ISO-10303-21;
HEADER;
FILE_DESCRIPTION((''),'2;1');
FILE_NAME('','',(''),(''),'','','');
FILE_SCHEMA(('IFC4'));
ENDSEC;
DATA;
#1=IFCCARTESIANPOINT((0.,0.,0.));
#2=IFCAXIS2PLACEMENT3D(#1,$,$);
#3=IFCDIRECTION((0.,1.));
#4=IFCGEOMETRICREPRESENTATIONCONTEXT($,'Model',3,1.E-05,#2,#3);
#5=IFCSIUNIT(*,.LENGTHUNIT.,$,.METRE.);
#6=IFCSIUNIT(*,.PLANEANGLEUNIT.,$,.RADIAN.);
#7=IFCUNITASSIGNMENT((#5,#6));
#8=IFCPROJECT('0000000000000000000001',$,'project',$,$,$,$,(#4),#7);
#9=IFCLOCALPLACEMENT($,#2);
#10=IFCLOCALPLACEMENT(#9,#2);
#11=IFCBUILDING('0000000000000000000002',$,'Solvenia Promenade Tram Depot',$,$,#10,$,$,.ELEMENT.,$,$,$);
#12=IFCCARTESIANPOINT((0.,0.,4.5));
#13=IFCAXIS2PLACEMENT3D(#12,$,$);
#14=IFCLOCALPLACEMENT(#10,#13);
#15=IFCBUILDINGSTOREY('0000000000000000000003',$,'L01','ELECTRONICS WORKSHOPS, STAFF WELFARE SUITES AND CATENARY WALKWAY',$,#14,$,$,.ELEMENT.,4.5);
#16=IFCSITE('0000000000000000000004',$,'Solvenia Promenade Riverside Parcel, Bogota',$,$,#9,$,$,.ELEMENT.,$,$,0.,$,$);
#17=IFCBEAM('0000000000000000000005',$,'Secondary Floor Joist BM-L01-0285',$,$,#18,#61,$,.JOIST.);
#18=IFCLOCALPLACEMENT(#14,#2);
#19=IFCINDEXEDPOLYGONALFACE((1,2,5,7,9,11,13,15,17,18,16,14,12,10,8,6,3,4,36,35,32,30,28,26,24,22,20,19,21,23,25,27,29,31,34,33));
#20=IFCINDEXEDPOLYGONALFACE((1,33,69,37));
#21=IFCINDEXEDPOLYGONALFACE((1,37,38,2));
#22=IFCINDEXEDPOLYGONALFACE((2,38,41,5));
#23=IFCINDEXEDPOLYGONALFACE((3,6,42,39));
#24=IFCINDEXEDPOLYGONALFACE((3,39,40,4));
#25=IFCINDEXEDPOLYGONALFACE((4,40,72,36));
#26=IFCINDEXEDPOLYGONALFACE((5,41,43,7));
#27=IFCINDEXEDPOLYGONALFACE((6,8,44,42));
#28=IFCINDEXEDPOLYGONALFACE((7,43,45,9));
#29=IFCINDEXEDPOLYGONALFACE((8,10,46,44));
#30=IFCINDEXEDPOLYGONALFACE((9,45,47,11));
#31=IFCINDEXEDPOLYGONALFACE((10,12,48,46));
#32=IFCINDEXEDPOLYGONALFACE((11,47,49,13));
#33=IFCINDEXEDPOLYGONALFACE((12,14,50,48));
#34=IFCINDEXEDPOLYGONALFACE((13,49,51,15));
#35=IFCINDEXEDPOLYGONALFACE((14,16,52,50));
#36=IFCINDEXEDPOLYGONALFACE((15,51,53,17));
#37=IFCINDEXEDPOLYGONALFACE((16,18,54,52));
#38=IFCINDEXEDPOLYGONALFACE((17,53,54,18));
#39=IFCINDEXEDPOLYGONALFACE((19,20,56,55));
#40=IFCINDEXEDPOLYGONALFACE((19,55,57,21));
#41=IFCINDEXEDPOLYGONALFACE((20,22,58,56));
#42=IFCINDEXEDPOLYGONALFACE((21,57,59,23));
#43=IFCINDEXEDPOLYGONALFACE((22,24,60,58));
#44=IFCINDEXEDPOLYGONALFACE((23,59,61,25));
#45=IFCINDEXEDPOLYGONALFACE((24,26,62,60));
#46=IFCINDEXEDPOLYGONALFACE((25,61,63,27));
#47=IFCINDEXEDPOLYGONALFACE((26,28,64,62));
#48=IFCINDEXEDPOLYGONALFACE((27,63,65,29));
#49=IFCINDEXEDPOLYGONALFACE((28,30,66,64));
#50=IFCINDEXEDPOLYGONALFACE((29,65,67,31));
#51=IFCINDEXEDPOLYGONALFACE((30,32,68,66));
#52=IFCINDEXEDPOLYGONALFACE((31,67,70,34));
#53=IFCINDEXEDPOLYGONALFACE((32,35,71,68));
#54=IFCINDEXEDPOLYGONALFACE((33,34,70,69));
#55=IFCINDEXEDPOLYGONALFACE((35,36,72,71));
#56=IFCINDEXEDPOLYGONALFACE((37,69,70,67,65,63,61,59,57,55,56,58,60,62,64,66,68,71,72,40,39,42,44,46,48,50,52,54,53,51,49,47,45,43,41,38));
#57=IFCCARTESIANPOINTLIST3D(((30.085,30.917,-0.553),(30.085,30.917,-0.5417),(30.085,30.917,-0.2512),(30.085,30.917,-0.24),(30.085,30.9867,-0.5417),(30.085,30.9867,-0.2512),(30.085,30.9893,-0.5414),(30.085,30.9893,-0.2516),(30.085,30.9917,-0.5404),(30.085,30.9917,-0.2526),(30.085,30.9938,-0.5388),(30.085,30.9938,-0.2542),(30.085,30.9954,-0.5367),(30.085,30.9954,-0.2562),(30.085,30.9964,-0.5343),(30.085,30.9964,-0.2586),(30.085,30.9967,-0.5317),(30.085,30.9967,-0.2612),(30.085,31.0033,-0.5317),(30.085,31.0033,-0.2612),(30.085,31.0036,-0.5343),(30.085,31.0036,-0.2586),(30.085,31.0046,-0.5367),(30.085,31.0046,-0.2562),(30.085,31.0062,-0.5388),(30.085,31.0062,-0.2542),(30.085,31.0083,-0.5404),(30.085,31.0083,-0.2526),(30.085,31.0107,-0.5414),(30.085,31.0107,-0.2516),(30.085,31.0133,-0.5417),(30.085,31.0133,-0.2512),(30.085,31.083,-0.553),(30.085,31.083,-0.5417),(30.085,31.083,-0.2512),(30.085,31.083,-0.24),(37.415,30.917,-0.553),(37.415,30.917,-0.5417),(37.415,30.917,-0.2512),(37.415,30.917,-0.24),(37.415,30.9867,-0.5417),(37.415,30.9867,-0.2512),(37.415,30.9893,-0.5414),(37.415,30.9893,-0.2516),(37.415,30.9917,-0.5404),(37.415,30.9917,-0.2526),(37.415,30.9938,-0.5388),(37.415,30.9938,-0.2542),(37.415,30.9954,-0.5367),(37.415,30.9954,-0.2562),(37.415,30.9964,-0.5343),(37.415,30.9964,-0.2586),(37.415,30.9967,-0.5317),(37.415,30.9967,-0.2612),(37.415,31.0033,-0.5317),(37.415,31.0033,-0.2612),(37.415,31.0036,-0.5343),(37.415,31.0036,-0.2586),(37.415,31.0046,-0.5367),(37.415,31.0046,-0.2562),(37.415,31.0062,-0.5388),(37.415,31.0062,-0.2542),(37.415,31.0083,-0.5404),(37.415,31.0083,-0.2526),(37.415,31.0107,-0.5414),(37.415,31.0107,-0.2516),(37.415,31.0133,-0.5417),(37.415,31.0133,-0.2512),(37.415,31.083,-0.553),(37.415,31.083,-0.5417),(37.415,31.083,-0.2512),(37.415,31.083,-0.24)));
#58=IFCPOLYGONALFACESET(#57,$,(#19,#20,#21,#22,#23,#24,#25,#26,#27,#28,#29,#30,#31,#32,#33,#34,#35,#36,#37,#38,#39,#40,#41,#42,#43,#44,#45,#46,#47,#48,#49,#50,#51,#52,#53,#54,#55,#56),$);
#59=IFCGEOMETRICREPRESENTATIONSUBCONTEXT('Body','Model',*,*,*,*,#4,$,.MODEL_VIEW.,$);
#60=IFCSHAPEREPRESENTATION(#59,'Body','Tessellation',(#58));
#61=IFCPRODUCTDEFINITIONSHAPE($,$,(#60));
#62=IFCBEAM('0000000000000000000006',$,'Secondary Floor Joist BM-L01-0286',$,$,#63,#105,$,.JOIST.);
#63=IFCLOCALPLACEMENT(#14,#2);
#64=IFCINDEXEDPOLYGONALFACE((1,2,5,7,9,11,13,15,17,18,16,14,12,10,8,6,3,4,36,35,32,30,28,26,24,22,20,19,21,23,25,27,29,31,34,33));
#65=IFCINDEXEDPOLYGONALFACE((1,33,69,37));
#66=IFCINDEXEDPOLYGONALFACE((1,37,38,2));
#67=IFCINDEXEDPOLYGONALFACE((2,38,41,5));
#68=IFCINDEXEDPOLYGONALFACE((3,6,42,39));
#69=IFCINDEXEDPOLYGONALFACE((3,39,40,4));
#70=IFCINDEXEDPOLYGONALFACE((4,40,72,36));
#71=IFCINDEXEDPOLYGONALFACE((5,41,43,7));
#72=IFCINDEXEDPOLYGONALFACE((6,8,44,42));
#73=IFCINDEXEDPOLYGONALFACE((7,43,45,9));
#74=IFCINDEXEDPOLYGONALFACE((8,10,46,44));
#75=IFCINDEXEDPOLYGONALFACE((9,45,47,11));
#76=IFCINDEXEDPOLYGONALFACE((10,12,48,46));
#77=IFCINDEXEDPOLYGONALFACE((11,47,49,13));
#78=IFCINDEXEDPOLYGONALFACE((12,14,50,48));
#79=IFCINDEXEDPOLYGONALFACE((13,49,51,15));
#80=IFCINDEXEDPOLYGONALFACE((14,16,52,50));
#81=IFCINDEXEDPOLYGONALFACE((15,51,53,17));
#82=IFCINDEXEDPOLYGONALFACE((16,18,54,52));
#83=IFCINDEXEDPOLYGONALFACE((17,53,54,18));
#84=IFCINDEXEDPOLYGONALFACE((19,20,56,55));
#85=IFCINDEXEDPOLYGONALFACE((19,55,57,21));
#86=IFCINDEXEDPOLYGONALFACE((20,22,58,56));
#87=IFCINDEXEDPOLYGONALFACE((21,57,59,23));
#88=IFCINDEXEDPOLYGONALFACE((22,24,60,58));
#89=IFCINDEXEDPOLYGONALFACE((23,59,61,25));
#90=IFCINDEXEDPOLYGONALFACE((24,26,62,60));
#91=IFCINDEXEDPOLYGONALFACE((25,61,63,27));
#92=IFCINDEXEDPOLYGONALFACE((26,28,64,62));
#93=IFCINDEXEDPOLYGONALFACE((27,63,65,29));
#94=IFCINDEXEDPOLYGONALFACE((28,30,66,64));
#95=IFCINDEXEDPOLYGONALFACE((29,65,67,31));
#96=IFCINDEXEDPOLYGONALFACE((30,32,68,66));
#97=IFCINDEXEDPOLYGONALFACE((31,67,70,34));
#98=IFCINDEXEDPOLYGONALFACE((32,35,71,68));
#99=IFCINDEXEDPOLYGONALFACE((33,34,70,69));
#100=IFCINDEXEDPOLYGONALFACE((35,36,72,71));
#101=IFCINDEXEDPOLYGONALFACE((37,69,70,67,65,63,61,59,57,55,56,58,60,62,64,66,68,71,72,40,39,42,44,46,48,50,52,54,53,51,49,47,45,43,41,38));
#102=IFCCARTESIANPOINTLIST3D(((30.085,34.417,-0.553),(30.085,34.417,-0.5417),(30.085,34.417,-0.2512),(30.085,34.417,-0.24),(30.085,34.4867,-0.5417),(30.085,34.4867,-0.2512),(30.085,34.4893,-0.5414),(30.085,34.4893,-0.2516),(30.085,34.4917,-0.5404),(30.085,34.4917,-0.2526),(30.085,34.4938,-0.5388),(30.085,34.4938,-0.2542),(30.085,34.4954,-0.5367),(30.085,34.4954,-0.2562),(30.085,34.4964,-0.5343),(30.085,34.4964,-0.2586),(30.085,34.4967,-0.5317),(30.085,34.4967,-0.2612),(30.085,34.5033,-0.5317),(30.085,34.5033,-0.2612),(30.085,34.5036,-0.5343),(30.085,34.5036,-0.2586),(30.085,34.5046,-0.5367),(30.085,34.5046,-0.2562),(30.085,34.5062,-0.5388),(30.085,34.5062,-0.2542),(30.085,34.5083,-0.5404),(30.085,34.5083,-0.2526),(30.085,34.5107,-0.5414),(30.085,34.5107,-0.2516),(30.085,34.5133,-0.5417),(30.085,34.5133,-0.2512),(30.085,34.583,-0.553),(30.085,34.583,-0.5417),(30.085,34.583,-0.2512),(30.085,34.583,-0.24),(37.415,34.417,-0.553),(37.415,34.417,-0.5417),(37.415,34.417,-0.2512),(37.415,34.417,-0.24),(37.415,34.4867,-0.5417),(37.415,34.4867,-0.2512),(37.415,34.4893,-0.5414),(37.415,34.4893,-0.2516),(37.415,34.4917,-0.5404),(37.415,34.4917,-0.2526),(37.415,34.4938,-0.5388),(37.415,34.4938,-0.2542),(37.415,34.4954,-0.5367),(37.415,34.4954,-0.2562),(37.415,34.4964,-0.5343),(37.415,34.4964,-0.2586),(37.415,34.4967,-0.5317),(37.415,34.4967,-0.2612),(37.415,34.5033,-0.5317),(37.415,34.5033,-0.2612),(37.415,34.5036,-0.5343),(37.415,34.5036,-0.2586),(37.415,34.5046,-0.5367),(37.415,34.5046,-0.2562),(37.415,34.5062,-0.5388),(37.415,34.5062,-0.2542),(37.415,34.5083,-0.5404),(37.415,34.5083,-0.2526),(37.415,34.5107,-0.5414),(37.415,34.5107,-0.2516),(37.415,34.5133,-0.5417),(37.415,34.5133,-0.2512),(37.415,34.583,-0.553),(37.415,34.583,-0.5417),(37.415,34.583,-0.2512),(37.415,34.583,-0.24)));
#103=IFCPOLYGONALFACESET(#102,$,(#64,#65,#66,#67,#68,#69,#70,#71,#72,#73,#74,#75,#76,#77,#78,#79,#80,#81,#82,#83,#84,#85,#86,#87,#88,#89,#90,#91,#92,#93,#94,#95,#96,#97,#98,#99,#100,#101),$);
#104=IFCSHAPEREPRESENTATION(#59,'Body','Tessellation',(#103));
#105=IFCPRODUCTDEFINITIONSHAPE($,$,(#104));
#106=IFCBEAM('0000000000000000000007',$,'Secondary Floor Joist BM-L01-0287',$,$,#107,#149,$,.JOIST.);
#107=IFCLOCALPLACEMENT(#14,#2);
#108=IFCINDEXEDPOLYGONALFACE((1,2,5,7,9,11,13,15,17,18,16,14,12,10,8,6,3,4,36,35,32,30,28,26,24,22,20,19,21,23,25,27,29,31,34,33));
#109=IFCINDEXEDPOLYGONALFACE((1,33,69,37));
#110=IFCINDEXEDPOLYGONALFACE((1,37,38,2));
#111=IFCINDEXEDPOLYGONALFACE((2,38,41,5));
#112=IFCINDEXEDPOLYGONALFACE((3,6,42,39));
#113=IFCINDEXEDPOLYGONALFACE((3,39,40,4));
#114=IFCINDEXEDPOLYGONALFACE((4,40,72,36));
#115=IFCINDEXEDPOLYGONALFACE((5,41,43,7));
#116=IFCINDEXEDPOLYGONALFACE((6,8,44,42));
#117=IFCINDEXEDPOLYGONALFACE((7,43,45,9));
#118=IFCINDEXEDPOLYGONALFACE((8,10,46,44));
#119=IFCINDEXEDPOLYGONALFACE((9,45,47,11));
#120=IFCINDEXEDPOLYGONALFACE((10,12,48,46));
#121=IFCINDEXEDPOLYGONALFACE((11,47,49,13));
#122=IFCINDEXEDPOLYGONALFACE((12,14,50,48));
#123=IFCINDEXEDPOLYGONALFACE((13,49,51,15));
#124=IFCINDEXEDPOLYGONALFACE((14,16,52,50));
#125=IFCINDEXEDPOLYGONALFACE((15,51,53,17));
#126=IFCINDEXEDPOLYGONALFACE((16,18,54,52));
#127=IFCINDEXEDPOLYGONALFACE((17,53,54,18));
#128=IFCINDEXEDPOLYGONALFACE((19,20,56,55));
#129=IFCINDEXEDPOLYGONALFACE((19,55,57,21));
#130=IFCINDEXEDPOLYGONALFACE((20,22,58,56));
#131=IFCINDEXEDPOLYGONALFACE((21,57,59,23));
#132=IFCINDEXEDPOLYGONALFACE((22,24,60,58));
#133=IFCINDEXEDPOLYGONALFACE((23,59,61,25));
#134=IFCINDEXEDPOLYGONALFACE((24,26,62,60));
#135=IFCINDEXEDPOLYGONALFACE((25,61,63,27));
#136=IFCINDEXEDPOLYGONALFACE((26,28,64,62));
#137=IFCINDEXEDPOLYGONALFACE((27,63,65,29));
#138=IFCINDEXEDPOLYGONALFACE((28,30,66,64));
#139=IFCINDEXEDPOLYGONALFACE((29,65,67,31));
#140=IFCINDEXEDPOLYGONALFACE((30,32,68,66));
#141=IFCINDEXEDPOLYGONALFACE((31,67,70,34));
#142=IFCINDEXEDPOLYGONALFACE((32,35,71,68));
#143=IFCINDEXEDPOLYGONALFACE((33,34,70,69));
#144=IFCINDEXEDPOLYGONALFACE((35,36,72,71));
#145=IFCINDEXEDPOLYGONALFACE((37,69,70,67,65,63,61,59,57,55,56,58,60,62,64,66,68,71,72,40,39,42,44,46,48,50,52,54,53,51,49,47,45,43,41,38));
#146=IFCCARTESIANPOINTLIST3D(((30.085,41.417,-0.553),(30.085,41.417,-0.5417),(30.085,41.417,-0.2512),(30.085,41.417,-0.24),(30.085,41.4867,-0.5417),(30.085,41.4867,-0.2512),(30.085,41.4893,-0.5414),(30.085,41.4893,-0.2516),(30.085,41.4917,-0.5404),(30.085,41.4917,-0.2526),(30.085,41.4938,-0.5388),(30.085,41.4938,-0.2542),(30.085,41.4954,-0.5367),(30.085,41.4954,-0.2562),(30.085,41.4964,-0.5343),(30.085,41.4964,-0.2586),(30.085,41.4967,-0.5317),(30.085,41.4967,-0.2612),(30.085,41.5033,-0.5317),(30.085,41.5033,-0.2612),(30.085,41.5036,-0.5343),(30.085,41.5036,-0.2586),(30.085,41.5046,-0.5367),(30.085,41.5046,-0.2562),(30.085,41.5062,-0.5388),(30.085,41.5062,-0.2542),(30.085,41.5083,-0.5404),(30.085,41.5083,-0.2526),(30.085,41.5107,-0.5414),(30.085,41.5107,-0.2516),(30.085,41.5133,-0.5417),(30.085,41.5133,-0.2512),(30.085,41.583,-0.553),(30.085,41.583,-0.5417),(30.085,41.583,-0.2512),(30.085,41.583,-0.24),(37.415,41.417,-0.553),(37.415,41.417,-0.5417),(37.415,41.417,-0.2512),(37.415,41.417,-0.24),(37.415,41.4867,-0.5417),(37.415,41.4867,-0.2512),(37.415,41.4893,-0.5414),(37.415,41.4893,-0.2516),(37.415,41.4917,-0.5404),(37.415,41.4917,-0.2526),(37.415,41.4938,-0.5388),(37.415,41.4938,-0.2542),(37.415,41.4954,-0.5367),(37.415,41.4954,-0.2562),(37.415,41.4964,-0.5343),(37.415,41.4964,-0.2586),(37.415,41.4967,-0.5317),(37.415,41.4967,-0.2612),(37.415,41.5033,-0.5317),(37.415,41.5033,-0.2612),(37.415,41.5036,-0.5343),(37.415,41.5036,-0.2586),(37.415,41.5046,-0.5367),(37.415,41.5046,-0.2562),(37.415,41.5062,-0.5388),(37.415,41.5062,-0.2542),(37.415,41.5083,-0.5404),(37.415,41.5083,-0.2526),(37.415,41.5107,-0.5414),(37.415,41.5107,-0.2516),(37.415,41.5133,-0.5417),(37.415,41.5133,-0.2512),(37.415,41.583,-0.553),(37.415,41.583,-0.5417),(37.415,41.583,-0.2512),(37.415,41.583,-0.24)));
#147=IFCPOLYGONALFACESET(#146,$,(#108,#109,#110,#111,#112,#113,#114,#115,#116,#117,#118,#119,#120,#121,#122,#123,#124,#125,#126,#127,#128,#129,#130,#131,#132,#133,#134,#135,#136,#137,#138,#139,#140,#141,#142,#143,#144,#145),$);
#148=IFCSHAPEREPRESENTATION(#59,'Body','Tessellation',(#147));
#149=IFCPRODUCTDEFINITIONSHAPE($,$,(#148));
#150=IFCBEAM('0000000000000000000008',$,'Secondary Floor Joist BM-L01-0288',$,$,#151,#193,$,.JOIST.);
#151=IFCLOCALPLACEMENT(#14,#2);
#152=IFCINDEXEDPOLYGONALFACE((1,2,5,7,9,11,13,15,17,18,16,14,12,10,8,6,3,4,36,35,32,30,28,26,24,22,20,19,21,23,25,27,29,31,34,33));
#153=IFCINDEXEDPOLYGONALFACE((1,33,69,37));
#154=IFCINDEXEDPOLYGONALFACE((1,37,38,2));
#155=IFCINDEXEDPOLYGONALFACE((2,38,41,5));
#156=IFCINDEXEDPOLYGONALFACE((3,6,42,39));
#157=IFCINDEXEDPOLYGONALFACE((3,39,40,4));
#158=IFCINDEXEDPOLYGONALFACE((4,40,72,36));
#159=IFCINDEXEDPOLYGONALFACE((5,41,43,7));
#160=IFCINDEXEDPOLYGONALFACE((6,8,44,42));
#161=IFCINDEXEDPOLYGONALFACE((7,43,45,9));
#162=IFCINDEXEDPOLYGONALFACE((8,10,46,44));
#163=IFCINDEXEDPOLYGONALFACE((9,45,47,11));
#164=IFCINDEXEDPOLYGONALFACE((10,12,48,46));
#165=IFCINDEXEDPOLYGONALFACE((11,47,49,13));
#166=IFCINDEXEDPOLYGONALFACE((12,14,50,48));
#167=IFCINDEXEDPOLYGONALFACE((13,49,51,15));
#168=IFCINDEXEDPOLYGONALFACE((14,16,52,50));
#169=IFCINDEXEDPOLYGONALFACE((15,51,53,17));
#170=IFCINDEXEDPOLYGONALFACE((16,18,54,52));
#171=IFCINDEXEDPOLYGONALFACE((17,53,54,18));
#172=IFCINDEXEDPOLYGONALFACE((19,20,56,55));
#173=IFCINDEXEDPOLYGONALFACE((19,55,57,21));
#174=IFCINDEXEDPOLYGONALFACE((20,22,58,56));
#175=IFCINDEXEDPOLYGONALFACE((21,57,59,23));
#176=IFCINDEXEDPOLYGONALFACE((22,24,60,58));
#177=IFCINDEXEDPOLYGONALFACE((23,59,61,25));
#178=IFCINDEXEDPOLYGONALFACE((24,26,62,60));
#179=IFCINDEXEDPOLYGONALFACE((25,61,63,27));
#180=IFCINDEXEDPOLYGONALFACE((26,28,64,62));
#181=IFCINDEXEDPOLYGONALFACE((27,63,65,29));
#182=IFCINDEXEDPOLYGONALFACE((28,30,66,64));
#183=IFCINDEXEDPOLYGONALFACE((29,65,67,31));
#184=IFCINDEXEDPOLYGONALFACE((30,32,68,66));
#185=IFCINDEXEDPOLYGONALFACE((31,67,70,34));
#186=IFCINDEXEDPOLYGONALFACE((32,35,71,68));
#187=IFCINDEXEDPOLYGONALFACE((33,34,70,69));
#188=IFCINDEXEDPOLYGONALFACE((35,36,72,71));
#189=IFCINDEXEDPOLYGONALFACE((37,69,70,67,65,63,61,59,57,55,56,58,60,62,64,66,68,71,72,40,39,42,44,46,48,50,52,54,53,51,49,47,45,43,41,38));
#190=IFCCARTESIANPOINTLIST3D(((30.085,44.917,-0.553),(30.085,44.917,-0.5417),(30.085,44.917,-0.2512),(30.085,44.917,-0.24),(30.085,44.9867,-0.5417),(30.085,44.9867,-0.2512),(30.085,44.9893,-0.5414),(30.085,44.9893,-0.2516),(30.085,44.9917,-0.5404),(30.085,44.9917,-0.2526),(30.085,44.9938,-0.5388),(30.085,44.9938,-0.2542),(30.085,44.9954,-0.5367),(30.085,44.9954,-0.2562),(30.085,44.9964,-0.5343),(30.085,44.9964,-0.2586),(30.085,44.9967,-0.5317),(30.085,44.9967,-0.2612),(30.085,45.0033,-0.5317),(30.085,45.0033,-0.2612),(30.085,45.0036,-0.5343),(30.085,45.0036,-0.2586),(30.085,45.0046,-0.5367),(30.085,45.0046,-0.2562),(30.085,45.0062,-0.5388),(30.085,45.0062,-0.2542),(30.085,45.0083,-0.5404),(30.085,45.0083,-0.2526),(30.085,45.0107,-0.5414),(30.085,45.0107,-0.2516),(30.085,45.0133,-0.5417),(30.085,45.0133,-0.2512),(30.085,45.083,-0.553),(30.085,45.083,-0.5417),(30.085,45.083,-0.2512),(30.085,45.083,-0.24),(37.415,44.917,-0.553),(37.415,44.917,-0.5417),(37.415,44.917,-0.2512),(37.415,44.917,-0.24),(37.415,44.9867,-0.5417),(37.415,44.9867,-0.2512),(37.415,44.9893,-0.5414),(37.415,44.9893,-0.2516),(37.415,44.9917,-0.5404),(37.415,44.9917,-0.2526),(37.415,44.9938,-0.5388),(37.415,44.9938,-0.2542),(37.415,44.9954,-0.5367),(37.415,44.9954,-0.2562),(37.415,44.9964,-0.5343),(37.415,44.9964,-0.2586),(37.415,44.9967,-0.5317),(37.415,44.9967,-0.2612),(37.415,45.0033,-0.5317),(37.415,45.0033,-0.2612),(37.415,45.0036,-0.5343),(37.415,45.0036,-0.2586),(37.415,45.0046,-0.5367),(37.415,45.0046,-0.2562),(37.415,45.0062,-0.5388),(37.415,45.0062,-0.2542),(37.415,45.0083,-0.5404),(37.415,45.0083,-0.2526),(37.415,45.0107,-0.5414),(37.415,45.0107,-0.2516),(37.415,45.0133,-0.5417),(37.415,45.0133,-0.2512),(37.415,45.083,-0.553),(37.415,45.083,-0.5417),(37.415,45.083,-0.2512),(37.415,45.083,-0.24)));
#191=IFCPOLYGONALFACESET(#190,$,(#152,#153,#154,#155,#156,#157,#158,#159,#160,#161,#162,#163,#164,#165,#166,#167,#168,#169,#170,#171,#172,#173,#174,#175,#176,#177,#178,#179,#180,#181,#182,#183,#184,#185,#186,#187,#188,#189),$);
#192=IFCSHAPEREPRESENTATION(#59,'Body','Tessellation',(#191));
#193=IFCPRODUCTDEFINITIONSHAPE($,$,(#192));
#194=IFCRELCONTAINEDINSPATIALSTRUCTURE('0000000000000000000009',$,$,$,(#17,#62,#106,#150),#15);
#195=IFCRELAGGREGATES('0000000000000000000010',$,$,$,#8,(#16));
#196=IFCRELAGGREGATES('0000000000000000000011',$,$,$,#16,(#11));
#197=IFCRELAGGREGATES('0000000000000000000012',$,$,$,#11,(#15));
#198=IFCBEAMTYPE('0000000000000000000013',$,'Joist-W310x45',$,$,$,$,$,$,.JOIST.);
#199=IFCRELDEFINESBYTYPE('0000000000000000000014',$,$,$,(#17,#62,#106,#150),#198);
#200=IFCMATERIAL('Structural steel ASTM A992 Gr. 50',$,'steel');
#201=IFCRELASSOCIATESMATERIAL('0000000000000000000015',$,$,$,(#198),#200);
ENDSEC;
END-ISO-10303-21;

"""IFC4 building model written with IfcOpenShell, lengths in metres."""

from ifc_helpers import new_model, si_unit, direction, frame, origin, origin_2d, place, context, subcontext, project, spatial, i_section, extrude, material, material_profile, profile_set, type_object, element, save


model = new_model("IFC4")

# Units and contexts
model_context = context("Model", 3, precision=1e-05, world=origin(), true_north=direction((0.0, 1.0)))
body_context = subcontext(model_context, "Body", "Model", "MODEL_VIEW")
ifc_project = project(units=[si_unit("LENGTHUNIT", "METRE"), si_unit("PLANEANGLEUNIT", "RADIAN")], contexts=[model_context])

# Site, building, storey
site_placement = place(None, origin())
site = spatial("IfcSite", under=ifc_project, at=site_placement, Name="Solvenia Promenade Riverside Parcel, Bogota", CompositionType="ELEMENT", RefElevation=0.0)
building_placement = place(site_placement, origin())
building = spatial("IfcBuilding", under=site, at=building_placement, Name="Solvenia Promenade Tram Depot", CompositionType="ELEMENT")
storey_placement = place(building_placement, frame((0.0, 0.0, 4.5)))
storey = spatial("IfcBuildingStorey", under=building, at=storey_placement, Name="L01", Description="ELECTRONICS WORKSHOPS, STAFF WELFARE SUITES AND CATENARY WALKWAY", CompositionType="ELEMENT", Elevation=4.5)

# Shared definitions
ifc_material_1 = material(Name="Structural steel ASTM A992 Gr. 50", Category="steel")

# Beams
ifc_material_profile_1 = material_profile(ifc_material_1, i_section(OverallWidth=0.166, OverallDepth=0.313, WebThickness=0.0066, FlangeThickness=0.0112, FilletRadius=0.01, at=origin_2d()), Name="W310x45", Category="steel")
ifc_profile_set_1 = profile_set([ifc_material_profile_1], Name="Structural steel ASTM A992 Gr. 50")
beam_type_1 = type_object("IfcBeamType", Name="Joist-W310x45", PredefinedType="JOIST", material=ifc_profile_set_1)
for number, where, z_axis, x_axis, name in (
    (1, (30.085, 31.0, -0.3965), (1.0, 0.0, 0.0), (0.0, 1.0, 0.0), "Secondary Floor Joist BM-L01-0285"),
    (2, (30.085, 34.5, -0.3965), (1.0, 0.0, 0.0), (0.0, 1.0, 0.0), "Secondary Floor Joist BM-L01-0286"),
    (3, (30.085, 41.5, -0.3965), (1.0, 0.0, 0.0), (0.0, 1.0, 0.0), "Secondary Floor Joist BM-L01-0287"),
    (4, (30.085, 45.0, -0.3965), (1.0, 0.0, 0.0), (0.0, 1.0, 0.0), "Secondary Floor Joist BM-L01-0288"),
):
    element("IfcBeam", number, at=place(storey_placement, frame(where, z_axis=z_axis, x_axis=x_axis)), inside=storey, type_object=beam_type_1, Name=name, PredefinedType="JOIST", context=body_context, shape_type="SweptSolid", body=[
        extrude(i_section(OverallWidth=0.166, OverallDepth=0.313, WebThickness=0.0066, FlangeThickness=0.0112, FilletRadius=0.01, at=origin_2d()), origin(), (0.0, 0.0, 1.0), 7.3301),
    ])

save(model, "model.ifc")
